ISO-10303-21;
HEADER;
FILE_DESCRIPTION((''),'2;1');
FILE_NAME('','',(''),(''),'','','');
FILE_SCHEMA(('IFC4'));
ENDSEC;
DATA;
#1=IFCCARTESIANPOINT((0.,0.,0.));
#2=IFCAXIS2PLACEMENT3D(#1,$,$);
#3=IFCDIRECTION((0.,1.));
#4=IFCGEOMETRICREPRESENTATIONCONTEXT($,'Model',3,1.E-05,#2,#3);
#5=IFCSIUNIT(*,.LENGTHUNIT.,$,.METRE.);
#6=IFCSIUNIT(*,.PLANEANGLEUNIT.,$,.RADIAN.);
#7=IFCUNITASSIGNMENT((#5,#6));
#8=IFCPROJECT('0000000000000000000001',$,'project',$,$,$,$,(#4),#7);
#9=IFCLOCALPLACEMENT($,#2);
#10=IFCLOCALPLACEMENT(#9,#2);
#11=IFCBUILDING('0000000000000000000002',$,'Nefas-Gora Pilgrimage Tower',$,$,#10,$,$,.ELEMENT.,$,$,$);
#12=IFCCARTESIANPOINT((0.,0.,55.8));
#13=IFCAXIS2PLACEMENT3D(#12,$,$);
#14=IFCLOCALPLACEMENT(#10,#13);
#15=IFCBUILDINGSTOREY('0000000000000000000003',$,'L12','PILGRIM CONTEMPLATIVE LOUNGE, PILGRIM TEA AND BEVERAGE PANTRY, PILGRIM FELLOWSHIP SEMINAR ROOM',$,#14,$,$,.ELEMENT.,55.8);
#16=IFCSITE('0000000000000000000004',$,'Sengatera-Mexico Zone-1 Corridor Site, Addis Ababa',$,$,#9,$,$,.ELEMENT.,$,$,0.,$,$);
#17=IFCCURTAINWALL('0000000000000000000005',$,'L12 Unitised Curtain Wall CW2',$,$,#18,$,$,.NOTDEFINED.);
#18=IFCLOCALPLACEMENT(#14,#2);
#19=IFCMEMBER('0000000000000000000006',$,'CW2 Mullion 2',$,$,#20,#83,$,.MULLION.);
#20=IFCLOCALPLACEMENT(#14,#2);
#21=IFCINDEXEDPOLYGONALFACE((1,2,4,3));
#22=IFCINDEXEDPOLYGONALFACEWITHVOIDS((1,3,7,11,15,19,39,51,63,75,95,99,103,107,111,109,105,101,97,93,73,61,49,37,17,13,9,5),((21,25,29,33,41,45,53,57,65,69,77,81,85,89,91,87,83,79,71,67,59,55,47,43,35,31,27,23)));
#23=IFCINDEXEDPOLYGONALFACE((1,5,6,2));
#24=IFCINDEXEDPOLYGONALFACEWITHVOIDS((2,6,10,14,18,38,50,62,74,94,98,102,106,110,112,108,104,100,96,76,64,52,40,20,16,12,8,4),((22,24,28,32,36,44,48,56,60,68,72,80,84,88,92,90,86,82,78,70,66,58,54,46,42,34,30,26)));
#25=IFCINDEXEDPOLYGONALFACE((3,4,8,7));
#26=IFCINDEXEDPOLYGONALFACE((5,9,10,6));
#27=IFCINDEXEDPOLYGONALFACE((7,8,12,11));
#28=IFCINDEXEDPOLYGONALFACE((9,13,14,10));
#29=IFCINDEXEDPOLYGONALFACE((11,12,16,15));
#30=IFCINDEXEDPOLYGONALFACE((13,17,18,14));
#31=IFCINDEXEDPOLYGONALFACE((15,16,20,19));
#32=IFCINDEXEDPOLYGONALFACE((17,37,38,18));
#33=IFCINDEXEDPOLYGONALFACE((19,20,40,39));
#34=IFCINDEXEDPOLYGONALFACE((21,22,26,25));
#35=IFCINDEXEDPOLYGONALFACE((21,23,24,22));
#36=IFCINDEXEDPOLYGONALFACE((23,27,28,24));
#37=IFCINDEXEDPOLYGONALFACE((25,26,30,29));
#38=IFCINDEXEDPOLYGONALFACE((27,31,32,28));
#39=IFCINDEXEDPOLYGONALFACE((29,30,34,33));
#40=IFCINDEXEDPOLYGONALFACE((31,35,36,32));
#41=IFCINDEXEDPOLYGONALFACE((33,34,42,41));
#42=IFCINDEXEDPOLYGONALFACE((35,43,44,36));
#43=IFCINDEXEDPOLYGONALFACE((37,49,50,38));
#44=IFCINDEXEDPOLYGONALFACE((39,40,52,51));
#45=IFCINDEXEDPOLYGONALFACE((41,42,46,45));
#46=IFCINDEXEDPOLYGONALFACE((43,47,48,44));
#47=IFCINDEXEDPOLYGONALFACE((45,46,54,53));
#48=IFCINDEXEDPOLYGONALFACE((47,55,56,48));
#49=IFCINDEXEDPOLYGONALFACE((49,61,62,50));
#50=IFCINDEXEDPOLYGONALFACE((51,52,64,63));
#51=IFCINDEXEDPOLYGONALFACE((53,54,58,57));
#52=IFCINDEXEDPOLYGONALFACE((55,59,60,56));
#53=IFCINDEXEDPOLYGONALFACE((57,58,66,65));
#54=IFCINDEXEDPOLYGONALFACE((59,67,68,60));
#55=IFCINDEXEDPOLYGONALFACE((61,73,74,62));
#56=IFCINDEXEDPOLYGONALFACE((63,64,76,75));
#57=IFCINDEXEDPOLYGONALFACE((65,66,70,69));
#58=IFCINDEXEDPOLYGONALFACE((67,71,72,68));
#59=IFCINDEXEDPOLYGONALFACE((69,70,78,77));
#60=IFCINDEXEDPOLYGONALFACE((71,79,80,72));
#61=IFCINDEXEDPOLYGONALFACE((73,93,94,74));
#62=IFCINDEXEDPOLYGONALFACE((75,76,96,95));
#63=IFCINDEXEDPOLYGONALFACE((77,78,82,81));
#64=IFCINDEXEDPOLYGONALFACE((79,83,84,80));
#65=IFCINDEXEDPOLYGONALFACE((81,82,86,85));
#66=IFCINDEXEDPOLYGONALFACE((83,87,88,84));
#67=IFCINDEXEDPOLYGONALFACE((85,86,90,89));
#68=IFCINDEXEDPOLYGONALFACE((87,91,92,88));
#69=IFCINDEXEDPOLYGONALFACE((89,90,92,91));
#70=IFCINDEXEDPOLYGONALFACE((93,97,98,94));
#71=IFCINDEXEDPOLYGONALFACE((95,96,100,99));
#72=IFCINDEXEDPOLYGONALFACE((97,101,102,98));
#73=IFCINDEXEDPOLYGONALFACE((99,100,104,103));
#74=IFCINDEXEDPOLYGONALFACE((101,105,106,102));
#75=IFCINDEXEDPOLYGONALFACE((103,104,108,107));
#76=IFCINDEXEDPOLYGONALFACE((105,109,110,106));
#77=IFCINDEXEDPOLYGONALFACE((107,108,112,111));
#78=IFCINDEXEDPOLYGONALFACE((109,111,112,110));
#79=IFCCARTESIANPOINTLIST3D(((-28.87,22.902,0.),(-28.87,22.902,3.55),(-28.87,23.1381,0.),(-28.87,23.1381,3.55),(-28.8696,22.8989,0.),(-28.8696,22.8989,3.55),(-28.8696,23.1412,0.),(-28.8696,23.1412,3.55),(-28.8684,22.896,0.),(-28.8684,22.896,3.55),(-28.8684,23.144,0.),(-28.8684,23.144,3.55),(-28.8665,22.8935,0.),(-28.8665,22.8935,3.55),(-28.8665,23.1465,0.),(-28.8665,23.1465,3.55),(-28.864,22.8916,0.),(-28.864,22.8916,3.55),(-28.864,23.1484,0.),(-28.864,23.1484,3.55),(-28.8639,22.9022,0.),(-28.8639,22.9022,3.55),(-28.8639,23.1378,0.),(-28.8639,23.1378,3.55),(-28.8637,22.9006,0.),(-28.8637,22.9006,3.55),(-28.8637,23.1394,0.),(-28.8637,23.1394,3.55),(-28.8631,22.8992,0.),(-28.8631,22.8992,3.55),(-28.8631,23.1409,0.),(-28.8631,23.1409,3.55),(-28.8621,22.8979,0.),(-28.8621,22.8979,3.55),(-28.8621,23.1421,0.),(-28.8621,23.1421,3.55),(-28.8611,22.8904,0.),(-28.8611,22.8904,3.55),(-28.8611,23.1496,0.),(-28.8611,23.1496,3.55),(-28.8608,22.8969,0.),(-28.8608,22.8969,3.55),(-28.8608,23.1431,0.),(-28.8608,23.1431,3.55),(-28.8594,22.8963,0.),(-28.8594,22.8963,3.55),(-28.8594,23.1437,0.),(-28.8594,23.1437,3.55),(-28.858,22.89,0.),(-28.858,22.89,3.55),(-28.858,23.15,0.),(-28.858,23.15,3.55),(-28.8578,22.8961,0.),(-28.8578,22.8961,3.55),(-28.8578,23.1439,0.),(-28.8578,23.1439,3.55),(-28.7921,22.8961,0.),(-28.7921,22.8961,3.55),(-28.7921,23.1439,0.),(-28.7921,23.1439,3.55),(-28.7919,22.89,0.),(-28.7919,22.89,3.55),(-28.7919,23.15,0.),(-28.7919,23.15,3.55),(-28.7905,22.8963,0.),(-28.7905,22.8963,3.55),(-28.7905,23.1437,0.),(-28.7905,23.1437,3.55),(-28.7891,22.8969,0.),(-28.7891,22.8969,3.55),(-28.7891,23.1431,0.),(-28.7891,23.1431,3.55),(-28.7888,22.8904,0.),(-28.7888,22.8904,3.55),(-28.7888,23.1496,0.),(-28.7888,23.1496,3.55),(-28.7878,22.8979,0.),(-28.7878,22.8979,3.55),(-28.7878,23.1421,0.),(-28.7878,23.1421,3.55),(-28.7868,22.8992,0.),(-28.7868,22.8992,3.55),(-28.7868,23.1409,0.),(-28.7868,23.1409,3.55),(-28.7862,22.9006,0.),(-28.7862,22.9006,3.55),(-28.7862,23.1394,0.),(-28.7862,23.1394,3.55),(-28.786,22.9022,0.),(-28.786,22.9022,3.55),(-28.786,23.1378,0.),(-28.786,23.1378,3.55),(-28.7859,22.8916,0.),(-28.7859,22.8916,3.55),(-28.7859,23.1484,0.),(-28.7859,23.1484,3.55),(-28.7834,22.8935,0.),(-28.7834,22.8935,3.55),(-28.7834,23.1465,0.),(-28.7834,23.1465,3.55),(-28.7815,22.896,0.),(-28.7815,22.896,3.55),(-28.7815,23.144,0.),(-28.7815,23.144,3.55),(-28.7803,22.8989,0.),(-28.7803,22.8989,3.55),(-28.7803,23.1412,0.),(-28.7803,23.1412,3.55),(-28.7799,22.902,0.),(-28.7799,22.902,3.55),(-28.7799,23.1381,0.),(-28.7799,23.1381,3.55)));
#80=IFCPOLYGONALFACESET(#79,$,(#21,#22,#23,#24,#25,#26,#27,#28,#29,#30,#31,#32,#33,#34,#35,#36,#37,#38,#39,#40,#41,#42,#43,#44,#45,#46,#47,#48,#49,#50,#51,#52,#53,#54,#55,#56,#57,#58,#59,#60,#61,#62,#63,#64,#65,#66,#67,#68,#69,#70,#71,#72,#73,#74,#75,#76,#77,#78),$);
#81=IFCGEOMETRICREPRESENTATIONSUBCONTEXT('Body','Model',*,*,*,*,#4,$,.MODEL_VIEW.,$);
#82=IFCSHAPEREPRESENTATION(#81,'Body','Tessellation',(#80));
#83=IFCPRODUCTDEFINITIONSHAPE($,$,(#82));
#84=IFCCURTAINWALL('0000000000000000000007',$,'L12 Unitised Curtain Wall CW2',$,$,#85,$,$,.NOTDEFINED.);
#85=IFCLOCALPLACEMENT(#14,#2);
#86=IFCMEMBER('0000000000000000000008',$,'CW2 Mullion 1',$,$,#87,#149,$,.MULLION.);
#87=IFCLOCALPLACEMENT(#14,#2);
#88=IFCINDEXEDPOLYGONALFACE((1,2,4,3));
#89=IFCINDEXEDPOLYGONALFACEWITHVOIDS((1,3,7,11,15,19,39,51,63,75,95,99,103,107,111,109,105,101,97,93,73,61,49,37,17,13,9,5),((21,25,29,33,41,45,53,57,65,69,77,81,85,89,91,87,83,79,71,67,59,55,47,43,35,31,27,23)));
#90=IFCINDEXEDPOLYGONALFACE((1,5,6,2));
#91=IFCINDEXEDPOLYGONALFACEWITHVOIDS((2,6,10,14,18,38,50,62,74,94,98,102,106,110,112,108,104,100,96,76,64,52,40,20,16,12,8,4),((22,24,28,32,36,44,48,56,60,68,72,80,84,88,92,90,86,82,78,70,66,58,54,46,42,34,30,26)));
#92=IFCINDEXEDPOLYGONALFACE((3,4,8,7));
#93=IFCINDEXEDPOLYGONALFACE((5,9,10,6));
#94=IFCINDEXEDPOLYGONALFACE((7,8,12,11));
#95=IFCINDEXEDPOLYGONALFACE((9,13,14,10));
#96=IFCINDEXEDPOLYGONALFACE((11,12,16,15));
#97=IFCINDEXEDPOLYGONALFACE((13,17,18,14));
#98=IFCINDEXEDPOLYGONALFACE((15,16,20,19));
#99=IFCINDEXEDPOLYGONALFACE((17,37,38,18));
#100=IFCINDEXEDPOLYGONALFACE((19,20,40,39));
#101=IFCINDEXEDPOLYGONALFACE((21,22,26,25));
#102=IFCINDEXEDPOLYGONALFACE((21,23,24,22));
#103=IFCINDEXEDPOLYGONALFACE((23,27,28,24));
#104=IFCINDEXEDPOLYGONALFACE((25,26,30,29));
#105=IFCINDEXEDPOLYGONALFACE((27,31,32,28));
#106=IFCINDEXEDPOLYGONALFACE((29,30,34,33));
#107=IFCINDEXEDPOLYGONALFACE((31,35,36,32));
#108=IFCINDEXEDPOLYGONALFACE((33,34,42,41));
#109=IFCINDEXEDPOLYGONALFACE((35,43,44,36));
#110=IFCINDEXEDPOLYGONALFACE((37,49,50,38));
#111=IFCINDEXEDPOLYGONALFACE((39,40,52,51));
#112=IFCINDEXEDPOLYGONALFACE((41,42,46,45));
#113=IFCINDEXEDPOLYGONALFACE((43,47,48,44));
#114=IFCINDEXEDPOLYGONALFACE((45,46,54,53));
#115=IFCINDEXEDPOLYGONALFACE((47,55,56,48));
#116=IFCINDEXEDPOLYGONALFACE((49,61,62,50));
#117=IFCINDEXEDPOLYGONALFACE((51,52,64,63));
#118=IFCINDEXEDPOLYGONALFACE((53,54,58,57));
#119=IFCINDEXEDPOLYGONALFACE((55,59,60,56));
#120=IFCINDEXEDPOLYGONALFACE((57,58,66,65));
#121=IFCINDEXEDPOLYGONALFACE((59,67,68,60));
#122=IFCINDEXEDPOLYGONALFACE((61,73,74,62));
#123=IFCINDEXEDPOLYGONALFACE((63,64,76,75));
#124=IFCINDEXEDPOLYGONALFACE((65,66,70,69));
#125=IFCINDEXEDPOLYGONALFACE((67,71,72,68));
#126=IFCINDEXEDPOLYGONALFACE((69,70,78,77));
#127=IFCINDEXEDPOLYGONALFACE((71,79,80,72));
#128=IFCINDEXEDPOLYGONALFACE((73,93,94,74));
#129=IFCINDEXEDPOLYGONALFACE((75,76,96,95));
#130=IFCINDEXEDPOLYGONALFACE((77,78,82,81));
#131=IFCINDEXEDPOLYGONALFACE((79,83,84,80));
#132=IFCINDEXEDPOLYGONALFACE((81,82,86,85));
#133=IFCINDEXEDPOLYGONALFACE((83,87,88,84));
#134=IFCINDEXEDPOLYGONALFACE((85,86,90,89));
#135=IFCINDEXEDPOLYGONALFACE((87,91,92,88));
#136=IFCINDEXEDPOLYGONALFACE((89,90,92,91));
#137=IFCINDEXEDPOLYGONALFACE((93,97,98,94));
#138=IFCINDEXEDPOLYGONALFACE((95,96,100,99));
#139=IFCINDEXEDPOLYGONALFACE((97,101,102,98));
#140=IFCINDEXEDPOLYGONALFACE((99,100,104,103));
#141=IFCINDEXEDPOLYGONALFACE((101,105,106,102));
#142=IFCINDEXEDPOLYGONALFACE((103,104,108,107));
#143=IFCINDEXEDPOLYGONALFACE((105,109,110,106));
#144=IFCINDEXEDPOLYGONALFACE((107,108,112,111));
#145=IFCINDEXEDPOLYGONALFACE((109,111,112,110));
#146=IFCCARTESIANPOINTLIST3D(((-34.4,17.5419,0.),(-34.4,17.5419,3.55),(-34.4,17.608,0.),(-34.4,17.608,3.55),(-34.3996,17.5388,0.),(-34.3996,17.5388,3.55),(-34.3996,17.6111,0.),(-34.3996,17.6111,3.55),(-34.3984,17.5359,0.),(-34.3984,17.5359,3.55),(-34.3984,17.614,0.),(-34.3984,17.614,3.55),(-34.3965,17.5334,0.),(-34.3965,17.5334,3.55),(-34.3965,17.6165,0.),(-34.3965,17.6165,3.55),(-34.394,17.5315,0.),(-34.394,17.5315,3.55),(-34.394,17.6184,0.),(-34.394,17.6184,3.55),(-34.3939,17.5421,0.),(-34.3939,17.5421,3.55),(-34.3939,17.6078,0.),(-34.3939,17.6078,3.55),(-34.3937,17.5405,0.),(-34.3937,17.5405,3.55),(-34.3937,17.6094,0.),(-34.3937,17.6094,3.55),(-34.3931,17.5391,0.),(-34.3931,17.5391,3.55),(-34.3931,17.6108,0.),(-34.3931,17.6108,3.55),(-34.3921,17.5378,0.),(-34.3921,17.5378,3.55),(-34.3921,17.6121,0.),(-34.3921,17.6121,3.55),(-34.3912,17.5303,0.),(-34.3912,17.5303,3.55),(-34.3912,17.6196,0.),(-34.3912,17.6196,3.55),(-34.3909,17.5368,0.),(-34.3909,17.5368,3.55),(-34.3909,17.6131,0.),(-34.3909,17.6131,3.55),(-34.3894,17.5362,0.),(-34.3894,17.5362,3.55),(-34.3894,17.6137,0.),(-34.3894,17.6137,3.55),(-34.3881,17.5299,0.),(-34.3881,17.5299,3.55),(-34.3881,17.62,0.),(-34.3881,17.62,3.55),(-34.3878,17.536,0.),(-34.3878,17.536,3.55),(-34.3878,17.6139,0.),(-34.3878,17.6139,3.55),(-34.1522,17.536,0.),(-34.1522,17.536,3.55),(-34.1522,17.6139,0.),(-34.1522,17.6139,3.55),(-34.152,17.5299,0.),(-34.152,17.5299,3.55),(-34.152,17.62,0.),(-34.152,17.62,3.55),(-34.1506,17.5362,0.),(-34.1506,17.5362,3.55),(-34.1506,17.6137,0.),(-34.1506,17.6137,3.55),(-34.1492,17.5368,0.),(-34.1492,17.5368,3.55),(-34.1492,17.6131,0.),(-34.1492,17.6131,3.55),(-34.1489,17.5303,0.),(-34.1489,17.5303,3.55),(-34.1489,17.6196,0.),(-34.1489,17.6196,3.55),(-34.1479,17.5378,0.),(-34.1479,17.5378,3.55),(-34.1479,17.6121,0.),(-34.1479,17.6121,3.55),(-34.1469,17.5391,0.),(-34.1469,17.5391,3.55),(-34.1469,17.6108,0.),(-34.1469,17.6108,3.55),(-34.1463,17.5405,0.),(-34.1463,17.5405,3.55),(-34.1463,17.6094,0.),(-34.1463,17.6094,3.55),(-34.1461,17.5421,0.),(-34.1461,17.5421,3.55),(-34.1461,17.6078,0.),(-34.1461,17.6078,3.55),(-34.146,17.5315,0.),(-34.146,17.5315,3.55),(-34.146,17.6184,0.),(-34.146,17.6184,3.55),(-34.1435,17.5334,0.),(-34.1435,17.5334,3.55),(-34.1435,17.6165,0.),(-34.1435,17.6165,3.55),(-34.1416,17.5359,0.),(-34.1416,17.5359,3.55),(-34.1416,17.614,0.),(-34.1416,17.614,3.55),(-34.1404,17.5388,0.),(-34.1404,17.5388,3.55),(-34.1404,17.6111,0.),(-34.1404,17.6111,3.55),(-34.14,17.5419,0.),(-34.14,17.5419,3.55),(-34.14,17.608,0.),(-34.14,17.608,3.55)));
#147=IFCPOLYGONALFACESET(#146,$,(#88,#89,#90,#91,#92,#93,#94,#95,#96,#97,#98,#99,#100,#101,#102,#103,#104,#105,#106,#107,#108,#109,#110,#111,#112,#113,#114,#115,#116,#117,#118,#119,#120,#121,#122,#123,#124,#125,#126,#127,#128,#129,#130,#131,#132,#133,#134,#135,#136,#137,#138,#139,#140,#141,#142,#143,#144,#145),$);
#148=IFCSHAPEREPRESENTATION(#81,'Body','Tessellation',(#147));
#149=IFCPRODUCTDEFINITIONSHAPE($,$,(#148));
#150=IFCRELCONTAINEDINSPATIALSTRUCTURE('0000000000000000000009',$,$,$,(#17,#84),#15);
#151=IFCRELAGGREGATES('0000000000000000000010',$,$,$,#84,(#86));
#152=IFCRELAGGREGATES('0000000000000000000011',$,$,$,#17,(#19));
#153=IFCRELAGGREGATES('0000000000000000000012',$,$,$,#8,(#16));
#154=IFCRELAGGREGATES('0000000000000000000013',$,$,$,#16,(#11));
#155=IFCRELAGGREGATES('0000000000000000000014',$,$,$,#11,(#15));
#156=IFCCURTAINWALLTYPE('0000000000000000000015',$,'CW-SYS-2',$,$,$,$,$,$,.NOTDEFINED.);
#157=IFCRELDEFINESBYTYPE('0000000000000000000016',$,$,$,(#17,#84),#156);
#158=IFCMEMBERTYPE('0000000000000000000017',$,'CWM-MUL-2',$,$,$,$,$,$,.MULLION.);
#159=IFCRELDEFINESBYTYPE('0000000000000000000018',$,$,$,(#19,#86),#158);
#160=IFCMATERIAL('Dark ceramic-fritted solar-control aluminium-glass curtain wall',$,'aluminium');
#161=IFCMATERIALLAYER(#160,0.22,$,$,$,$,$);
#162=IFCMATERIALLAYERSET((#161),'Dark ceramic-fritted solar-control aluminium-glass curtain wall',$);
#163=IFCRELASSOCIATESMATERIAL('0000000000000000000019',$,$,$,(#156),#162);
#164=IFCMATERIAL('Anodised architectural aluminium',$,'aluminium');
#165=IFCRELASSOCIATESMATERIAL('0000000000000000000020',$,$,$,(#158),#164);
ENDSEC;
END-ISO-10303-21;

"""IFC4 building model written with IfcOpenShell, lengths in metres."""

from ifc_helpers import new_model, si_unit, direction, frame, origin, origin_2d, place, context, subcontext, project, spatial, hollow_rectangle, extrude, source, transform, mapped, material, layer, layer_set, material_profile, profile_set, type_object, element, aggregate, save


model = new_model("IFC4")

# Units and contexts
model_context = context("Model", 3, precision=1e-05, world=origin(), true_north=direction((0.0, 1.0)))
body_context = subcontext(model_context, "Body", "Model", "MODEL_VIEW")
ifc_project = project(units=[si_unit("LENGTHUNIT", "METRE"), si_unit("PLANEANGLEUNIT", "RADIAN")], contexts=[model_context])

# Site, building, storey
site_placement = place(None, origin())
site = spatial("IfcSite", under=ifc_project, at=site_placement, Name="Sengatera-Mexico Zone-1 Corridor Site, Addis Ababa", CompositionType="ELEMENT", RefElevation=0.0)
building_placement = place(site_placement, origin())
building = spatial("IfcBuilding", under=site, at=building_placement, Name="Nefas-Gora Pilgrimage Tower", CompositionType="ELEMENT")
storey_placement = place(building_placement, frame((0.0, 0.0, 55.8)))
storey = spatial("IfcBuildingStorey", under=building, at=storey_placement, Name="L12", Description="PILGRIM CONTEMPLATIVE LOUNGE, PILGRIM TEA AND BEVERAGE PANTRY, PILGRIM FELLOWSHIP SEMINAR ROOM", CompositionType="ELEMENT", Elevation=55.8)

# Shared definitions
ifc_material_1 = material(Name="Dark ceramic-fritted solar-control aluminium-glass curtain wall", Category="aluminium")
ifc_material_2 = material(Name="Anodised architectural aluminium", Category="aluminium")

# Curtain walls, members
ifc_layer_1 = layer(ifc_material_1, 0.22)
ifc_layer_set_1 = layer_set([ifc_layer_1], Name="Dark ceramic-fritted solar-control aluminium-glass curtain wall")
curtain_wall_type_1 = type_object("IfcCurtainWallType", Name="CW-SYS-2", PredefinedType="NOTDEFINED", material=ifc_layer_set_1)
curtain_wall_1_placement = place(storey_placement, origin())
curtain_wall_1 = element("IfcCurtainWall", 1, at=curtain_wall_1_placement, inside=storey, type_object=curtain_wall_type_1, Name="L12 Unitised Curtain Wall CW2", PredefinedType="NOTDEFINED")
ifc_material_profile_1 = material_profile(ifc_material_2, hollow_rectangle(XDim=0.0901, YDim=0.26, WallThickness=0.0061, InnerFilletRadius=0.0061, OuterFilletRadius=0.012, at=origin_2d()), Name="ALU MULLION 90x260")
ifc_profile_set_1 = profile_set([ifc_material_profile_1], Name="Anodised architectural aluminium")
member_type_1 = type_object("IfcMemberType", Name="CWM-MUL-2", PredefinedType="MULLION", material=ifc_profile_set_1)
shared_shape_1 = source(origin(), body_context, "Body", "SweptSolid", [
    extrude(hollow_rectangle(XDim=0.0901, YDim=0.26, WallThickness=0.0061, InnerFilletRadius=0.0061, OuterFilletRadius=0.012, at=origin_2d()), origin(), (0.0, 0.0, 1.0), 3.55),
])
member_1_placement = place(storey_placement, frame((-28.825, 23.02, 0.0), z_axis=(0.0, 0.0, 1.0), x_axis=(-1.0, 0.0, 0.0)))
member_1 = element("IfcMember", 2, at=member_1_placement, type_object=member_type_1, Name="CW2 Mullion 2", PredefinedType="MULLION", context=body_context, shape_type="MappedRepresentation", body=[
    mapped(shared_shape_1, transform((0.0, 0.0, 0.0), x_axis=(1.0, 0.0, 0.0), y_axis=(0.0, 1.0, 0.0), z_axis=(0.0, 0.0, 1.0), scale=1.0)),
])
curtain_wall_2_placement = place(storey_placement, origin())
curtain_wall_2 = element("IfcCurtainWall", 3, at=curtain_wall_2_placement, inside=storey, type_object=curtain_wall_type_1, Name="L12 Unitised Curtain Wall CW2", PredefinedType="NOTDEFINED")
member_2_placement = place(storey_placement, frame((-34.27, 17.575, 0.0), z_axis=(0.0, 0.0, 1.0), x_axis=(0.0, -1.0, 0.0)))
member_2 = element("IfcMember", 4, at=member_2_placement, type_object=member_type_1, Name="CW2 Mullion 1", PredefinedType="MULLION", context=body_context, shape_type="MappedRepresentation", body=[
    mapped(shared_shape_1, transform((0.0, 0.0, 0.0), x_axis=(1.0, 0.0, 0.0), y_axis=(0.0, 1.0, 0.0), z_axis=(0.0, 0.0, 1.0), scale=1.0)),
])

aggregate(curtain_wall_2, [member_2])
aggregate(curtain_wall_1, [member_1])

save(model, "model.ifc")
